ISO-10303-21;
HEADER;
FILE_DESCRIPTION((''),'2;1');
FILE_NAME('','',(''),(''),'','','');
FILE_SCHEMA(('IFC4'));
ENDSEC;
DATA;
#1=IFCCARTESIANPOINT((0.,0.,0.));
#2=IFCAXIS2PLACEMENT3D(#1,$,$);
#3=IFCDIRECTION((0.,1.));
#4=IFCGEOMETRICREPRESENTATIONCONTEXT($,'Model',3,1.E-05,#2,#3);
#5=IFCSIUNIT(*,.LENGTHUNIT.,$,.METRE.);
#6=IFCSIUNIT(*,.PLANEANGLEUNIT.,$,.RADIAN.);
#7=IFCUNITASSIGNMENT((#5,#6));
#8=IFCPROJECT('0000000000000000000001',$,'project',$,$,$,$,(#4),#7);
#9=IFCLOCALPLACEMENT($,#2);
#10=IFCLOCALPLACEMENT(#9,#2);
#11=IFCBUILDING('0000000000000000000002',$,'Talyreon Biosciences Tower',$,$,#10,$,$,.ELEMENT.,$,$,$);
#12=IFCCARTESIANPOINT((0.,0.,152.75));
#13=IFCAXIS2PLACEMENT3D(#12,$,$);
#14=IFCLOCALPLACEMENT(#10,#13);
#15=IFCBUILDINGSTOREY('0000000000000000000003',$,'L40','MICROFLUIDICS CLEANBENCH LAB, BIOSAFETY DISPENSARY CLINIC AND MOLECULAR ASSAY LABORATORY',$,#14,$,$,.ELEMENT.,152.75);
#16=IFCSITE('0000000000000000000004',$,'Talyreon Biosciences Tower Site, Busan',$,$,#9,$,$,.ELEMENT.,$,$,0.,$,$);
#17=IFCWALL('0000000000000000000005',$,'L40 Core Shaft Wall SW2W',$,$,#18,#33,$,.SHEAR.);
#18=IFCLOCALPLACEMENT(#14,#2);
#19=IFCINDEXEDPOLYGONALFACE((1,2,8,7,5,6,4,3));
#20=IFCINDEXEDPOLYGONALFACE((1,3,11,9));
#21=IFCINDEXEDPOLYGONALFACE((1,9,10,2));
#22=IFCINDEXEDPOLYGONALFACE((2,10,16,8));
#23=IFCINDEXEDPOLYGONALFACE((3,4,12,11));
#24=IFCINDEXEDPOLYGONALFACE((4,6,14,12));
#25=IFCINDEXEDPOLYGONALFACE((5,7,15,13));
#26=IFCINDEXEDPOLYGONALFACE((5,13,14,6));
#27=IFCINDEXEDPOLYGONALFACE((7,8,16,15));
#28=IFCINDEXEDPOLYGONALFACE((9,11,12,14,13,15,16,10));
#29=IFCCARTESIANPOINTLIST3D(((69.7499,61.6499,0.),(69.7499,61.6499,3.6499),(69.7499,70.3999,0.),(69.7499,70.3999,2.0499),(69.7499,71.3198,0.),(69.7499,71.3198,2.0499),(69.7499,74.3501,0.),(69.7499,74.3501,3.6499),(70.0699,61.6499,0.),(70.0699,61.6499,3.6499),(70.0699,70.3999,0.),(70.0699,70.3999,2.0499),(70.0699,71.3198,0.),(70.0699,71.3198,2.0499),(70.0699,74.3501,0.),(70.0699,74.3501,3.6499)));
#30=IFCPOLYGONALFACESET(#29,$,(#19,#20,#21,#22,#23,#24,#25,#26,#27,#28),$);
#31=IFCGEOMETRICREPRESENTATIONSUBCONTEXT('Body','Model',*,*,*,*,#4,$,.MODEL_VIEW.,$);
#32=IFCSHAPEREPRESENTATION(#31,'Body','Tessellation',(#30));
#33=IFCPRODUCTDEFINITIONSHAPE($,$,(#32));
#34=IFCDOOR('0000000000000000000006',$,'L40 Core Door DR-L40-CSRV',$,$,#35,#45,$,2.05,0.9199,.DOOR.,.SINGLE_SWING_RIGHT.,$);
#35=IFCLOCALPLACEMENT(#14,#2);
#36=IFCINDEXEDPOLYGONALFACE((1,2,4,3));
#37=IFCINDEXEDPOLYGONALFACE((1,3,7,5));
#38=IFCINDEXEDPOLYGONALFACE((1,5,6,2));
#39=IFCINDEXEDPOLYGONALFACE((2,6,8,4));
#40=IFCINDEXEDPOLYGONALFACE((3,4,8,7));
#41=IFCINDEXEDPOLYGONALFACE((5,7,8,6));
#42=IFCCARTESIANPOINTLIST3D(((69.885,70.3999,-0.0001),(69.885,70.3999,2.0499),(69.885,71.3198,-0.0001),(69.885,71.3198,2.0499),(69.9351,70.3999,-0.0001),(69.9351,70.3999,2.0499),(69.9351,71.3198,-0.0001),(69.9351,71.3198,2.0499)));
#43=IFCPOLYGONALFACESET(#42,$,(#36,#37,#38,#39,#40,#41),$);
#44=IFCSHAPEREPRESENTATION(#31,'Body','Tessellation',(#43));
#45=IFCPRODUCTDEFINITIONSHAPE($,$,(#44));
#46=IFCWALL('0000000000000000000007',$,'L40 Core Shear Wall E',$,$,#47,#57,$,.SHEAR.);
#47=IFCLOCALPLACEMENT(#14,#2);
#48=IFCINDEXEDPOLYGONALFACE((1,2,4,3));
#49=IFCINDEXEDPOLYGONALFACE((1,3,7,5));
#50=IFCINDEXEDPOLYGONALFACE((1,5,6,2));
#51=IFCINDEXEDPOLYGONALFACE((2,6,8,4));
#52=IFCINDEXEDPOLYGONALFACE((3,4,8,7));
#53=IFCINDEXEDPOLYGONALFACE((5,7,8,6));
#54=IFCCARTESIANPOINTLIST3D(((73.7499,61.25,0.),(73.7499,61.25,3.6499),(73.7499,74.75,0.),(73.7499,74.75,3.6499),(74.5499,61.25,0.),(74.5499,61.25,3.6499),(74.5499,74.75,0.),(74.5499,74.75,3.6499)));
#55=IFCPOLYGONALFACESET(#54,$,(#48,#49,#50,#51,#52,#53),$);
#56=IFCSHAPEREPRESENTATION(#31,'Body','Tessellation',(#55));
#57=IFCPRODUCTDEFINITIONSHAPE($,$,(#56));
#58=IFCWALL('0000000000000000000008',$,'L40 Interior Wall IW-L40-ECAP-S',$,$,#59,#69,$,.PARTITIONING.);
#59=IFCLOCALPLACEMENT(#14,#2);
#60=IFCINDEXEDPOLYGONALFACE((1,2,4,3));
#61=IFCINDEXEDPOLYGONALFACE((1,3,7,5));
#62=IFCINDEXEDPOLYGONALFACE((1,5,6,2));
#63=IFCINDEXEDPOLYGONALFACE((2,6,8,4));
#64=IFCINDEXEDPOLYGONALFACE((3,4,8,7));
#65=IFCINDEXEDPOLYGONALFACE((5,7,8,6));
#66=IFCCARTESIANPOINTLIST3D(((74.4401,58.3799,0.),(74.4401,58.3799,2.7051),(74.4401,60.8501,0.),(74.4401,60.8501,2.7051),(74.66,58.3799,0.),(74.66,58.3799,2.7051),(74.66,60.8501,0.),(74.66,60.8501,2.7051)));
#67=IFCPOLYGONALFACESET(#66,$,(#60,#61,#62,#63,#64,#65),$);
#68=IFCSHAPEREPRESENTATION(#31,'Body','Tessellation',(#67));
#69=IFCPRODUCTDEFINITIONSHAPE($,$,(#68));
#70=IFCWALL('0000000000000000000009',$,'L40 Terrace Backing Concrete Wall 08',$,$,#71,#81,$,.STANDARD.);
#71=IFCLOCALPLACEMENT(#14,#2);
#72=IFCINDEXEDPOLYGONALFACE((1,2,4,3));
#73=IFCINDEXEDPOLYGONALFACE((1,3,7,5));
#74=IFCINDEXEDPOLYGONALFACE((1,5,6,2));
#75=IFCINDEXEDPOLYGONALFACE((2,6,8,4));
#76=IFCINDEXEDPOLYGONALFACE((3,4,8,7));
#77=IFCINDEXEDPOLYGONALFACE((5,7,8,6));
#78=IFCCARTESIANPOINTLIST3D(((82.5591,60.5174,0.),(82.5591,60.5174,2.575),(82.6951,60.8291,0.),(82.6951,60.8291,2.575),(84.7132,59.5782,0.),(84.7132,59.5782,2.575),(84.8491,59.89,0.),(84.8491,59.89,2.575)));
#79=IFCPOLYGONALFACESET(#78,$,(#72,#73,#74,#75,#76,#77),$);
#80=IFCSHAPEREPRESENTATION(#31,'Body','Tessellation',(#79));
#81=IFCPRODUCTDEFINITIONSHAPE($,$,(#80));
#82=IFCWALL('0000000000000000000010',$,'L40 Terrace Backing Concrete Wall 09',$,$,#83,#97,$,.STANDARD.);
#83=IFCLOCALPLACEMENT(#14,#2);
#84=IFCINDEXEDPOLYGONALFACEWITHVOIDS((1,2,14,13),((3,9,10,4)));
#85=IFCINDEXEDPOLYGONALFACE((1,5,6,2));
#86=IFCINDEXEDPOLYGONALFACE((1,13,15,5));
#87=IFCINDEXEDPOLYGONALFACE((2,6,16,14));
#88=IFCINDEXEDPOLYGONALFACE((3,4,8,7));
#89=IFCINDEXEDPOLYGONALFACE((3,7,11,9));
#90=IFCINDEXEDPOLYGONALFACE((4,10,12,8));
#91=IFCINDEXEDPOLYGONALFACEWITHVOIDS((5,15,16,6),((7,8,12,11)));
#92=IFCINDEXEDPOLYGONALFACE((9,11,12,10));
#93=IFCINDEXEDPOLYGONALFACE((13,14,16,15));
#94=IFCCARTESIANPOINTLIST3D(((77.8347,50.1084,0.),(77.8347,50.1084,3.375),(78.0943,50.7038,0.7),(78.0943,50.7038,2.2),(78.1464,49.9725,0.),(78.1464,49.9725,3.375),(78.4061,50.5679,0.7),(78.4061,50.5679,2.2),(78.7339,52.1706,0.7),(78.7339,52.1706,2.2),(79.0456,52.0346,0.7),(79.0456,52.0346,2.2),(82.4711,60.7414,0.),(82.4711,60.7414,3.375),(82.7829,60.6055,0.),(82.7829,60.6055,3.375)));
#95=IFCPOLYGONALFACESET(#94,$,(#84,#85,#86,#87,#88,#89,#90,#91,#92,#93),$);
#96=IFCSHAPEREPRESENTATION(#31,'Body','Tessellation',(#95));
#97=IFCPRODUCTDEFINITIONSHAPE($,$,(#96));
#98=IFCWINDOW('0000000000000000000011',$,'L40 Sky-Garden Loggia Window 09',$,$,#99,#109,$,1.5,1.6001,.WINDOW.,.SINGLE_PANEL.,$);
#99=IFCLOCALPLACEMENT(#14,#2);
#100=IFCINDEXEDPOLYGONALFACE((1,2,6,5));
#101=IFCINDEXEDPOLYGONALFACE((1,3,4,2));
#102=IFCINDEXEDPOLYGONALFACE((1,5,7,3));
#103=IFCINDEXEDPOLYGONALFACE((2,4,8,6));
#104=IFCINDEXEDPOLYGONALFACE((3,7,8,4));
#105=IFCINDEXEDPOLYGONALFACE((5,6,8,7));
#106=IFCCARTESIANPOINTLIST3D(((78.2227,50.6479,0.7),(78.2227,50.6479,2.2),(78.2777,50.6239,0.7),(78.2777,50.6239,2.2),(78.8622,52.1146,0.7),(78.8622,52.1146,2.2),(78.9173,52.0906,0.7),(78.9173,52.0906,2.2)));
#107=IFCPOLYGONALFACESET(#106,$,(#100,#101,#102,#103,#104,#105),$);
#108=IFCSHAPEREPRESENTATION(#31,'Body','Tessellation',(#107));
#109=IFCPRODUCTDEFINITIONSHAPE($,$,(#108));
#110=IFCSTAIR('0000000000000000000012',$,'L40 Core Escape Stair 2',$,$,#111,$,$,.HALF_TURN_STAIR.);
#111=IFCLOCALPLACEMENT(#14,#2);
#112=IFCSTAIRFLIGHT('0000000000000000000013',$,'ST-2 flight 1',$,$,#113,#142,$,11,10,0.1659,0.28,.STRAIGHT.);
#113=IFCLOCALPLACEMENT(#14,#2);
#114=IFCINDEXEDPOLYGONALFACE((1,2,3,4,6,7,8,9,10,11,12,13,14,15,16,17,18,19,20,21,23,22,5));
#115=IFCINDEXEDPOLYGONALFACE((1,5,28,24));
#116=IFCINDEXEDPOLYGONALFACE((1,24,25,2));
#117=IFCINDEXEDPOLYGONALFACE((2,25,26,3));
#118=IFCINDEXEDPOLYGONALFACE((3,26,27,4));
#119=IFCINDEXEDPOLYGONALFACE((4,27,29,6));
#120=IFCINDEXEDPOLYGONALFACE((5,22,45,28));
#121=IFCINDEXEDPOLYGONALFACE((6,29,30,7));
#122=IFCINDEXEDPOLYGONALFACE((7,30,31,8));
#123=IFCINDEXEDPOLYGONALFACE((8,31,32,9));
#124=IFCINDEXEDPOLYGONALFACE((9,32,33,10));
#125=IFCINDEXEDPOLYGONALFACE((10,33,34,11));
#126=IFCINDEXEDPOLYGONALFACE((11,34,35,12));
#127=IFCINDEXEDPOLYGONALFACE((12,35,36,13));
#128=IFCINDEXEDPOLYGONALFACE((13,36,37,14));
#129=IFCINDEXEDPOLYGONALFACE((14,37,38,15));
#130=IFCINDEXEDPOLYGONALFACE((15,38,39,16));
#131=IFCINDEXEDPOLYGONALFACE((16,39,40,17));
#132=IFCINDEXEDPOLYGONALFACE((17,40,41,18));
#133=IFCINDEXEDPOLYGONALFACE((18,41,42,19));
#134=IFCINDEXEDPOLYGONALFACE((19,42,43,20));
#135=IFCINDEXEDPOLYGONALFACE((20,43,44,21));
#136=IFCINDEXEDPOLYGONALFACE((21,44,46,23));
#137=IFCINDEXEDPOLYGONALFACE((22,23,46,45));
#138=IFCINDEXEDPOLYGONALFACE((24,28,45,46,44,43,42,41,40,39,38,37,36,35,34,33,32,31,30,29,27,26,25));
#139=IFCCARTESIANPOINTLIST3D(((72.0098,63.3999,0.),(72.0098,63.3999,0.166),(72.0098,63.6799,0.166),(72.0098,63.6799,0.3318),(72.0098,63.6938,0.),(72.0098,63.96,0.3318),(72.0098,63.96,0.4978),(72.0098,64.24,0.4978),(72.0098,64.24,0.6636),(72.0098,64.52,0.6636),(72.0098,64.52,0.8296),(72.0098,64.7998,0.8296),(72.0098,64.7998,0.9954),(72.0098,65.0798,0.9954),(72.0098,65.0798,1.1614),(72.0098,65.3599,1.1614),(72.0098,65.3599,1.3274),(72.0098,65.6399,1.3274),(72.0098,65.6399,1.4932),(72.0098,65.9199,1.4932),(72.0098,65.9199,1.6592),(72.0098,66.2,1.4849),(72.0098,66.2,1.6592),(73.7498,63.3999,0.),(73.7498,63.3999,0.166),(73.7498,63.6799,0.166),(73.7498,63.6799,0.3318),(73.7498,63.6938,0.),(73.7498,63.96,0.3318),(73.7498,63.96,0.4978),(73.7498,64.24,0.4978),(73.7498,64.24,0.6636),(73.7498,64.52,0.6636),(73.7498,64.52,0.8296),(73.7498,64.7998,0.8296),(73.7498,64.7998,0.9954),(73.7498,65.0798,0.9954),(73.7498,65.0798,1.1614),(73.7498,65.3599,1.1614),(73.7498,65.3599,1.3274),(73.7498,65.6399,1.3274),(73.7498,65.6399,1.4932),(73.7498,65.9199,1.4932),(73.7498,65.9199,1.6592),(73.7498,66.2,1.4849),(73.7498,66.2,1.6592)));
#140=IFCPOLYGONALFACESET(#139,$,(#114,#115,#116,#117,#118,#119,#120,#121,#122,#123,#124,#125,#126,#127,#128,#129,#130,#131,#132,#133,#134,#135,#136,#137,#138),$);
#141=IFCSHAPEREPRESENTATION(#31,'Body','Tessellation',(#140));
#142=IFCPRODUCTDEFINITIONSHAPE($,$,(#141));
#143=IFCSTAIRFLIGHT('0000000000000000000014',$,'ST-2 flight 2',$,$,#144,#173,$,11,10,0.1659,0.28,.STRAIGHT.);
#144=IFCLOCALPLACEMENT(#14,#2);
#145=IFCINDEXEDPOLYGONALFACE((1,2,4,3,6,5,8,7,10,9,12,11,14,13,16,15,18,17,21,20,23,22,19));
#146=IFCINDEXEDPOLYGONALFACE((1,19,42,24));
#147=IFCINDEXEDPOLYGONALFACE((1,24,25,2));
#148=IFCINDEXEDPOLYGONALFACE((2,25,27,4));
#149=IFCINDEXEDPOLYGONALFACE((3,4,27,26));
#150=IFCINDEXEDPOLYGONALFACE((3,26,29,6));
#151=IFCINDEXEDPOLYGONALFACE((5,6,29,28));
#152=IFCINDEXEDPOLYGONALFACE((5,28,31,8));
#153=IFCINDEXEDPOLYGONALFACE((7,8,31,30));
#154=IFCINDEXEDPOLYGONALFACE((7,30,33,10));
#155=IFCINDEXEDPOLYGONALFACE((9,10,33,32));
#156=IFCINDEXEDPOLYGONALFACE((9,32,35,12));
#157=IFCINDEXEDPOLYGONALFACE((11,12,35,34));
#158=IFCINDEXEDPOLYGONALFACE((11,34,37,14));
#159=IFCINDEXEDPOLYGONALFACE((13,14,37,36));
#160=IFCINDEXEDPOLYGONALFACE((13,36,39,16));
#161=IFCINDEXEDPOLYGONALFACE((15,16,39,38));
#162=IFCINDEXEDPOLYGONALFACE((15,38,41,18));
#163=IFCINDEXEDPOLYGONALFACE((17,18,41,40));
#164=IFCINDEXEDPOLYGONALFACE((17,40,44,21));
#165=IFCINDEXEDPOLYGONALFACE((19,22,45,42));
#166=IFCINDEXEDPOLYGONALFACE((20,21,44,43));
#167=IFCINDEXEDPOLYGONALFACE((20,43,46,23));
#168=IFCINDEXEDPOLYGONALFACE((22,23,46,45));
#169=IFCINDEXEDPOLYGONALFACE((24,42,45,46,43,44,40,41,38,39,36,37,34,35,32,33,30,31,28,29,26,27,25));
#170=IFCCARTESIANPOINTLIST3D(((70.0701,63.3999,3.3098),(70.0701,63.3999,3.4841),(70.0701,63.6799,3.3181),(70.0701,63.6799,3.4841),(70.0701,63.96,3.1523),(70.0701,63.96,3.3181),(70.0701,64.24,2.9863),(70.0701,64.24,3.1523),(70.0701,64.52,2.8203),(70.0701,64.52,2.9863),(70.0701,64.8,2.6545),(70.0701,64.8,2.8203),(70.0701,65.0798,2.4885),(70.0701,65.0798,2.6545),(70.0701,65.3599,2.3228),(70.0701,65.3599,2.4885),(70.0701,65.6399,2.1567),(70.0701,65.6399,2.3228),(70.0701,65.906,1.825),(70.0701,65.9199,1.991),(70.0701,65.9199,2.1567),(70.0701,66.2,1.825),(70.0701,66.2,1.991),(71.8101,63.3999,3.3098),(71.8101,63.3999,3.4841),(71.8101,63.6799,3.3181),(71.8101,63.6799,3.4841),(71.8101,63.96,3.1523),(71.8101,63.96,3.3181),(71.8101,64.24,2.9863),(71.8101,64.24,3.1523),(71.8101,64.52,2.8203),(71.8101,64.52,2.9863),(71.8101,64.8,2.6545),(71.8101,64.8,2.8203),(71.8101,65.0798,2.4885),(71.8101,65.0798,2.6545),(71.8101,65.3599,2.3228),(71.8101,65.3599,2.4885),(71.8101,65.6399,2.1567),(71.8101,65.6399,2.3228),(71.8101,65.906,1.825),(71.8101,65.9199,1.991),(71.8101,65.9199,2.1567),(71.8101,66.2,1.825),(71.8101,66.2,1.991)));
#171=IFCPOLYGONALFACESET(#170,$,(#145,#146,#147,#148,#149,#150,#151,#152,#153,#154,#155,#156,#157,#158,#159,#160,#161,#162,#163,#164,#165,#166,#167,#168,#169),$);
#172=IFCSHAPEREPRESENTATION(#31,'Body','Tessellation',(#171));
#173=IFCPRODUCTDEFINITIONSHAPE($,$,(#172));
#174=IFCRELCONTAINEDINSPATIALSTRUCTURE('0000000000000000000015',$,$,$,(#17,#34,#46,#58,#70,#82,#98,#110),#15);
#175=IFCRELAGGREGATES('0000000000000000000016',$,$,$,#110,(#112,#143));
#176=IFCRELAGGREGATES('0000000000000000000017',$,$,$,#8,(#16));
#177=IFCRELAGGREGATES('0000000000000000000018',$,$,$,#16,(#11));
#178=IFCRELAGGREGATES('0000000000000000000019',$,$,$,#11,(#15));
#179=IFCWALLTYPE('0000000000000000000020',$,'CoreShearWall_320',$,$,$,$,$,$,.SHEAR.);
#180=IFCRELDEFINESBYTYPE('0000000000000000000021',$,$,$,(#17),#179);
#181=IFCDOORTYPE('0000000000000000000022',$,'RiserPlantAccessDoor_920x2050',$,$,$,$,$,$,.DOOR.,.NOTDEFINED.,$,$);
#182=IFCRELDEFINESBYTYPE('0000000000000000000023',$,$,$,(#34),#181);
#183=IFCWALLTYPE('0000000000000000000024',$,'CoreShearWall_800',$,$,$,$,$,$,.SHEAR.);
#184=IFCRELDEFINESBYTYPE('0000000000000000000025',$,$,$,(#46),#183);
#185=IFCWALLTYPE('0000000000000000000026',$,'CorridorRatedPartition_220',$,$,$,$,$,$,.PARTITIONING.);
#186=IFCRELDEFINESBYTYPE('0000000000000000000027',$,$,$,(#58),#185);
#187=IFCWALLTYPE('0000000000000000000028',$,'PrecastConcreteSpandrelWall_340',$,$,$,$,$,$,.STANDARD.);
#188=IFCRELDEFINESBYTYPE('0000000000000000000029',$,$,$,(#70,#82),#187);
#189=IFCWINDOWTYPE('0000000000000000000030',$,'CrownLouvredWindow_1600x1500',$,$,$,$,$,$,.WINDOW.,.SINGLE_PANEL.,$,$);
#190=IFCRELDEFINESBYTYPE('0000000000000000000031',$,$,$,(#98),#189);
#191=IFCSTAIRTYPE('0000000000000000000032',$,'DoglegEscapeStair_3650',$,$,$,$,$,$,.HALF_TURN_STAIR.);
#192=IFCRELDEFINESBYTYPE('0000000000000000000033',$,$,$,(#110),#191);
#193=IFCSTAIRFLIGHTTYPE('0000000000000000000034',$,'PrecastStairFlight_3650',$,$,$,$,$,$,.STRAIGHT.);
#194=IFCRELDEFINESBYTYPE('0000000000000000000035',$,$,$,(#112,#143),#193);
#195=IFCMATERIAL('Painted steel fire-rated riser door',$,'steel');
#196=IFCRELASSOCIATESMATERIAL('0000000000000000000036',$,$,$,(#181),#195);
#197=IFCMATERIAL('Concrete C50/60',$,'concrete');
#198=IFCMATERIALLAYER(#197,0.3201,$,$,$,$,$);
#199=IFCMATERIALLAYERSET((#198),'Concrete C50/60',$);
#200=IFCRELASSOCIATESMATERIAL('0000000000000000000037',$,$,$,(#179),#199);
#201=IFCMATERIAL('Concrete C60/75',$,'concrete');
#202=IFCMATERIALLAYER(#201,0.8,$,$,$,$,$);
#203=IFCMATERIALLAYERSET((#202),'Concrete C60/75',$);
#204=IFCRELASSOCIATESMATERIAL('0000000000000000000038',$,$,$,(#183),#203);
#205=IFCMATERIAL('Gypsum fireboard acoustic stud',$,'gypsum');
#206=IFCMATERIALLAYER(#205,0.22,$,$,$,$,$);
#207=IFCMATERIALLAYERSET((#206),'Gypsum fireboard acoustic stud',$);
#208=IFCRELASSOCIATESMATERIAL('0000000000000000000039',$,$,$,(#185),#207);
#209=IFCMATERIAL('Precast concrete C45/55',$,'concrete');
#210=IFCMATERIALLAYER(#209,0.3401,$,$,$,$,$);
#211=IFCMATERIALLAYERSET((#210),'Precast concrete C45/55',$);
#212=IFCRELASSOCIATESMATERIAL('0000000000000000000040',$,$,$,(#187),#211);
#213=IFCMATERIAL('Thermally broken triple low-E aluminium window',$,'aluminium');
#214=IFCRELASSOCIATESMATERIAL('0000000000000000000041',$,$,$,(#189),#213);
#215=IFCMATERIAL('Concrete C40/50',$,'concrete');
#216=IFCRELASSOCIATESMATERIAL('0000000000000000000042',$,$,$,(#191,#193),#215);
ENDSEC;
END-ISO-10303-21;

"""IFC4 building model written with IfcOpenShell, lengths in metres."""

from ifc_helpers import new_model, si_unit, direction, frame, frame_2d, origin, place, context, subcontext, project, spatial, polyline, rectangle, outline, extrude, material, layer, layer_set, type_object, element, fill, aggregate, save


model = new_model("IFC4")

# Units and contexts
model_context = context("Model", 3, precision=1e-05, world=origin(), true_north=direction((0.0, 1.0)))
body_context = subcontext(model_context, "Body", "Model", "MODEL_VIEW")
ifc_project = project(units=[si_unit("LENGTHUNIT", "METRE"), si_unit("PLANEANGLEUNIT", "RADIAN")], contexts=[model_context])

# Site, building, storey
site_placement = place(None, origin())
site = spatial("IfcSite", under=ifc_project, at=site_placement, Name="Talyreon Biosciences Tower Site, Busan", CompositionType="ELEMENT", RefElevation=0.0)
building_placement = place(site_placement, origin())
building = spatial("IfcBuilding", under=site, at=building_placement, Name="Talyreon Biosciences Tower", CompositionType="ELEMENT")
storey_placement = place(building_placement, frame((0.0, 0.0, 152.75)))
storey = spatial("IfcBuildingStorey", under=building, at=storey_placement, Name="L40", Description="MICROFLUIDICS CLEANBENCH LAB, BIOSAFETY DISPENSARY CLINIC AND MOLECULAR ASSAY LABORATORY", CompositionType="ELEMENT", Elevation=152.75)

# Shared definitions
ifc_material_1 = material(Name="Concrete C60/75", Category="concrete")
ifc_material_2 = material(Name="Concrete C50/60", Category="concrete")

# Shared definitions
ifc_material_3 = material(Name="Precast concrete C45/55", Category="concrete")

# Shared definitions
ifc_material_4 = material(Name="Painted steel fire-rated riser door", Category="steel")
door_type = type_object("IfcDoorType", Name="RiserPlantAccessDoor_920x2050", OperationType="NOTDEFINED", PredefinedType="DOOR", material=ifc_material_4)

# Wall, opening, door
ifc_layer_1 = layer(ifc_material_2, 0.3201)
ifc_layer_set_1 = layer_set([ifc_layer_1], Name="Concrete C50/60")
wall_type_1 = type_object("IfcWallType", Name="CoreShearWall_320", PredefinedType="SHEAR", material=ifc_layer_set_1)
wall_1_placement = place(storey_placement, frame((69.9099, 61.6499, 0.0), z_axis=(0.0, 0.0, 1.0), x_axis=(0.0, 1.0, 0.0)))
wall_1 = element("IfcWall", 1, at=wall_1_placement, inside=storey, type_object=wall_type_1, Name="L40 Core Shaft Wall SW2W", PredefinedType="SHEAR", context=body_context, shape_type="SweptSolid", body=[
    extrude(rectangle(XDim=12.7002, YDim=0.3201, at=frame_2d((6.3501, 0.0))), origin(), (0.0, 0.0, 1.0), 3.6499),
])
opening_1_placement = place(wall_1_placement, frame((8.75, 0.0, 0.0)))
opening_1 = element("IfcOpeningElement", 2, at=opening_1_placement, cuts=wall_1, PredefinedType="OPENING", context=body_context, shape_type="SweptSolid", body=[
    extrude(rectangle(XDim=0.9199, YDim=2.05, at=frame_2d((0.46, 1.0249))), frame((0.0, 0.1699, 0.0), z_axis=(0.0, -1.0, 0.0), x_axis=(1.0, 0.0, 0.0)), (0.0, 0.0, 1.0), 0.3401),
])
door_1_placement = place(opening_1_placement, origin())
door_1 = element("IfcDoor", 3, at=door_1_placement, inside=storey, type_object=door_type, Name="L40 Core Door DR-L40-CSRV", OperationType="SINGLE_SWING_RIGHT", OverallHeight=2.05, OverallWidth=0.9199, PredefinedType="DOOR", context=body_context, shape_type="SweptSolid", body=[
    extrude(rectangle(XDim=0.9199, YDim=2.05, at=frame_2d((0.46, 1.0249))), frame((0.0, 0.0249, 0.0), z_axis=(0.0, -1.0, 0.0), x_axis=(1.0, 0.0, 0.0)), (0.0, 0.0, 1.0), 0.05),
])
fill(opening_1, door_1)

# Walls
ifc_layer_2 = layer(ifc_material_1, 0.8)
ifc_layer_set_2 = layer_set([ifc_layer_2], Name="Concrete C60/75")
wall_type_2 = type_object("IfcWallType", Name="CoreShearWall_800", PredefinedType="SHEAR", material=ifc_layer_set_2)
wall_2_placement = place(storey_placement, frame((74.1499, 61.25, 0.0), z_axis=(0.0, 0.0, 1.0), x_axis=(0.0, 1.0, 0.0)))
element("IfcWall", 4, at=wall_2_placement, inside=storey, type_object=wall_type_2, Name="L40 Core Shear Wall E", PredefinedType="SHEAR", context=body_context, shape_type="SweptSolid", body=[
    extrude(rectangle(XDim=13.5, YDim=0.8, at=frame_2d((6.75, 0.0))), origin(), (0.0, 0.0, 1.0), 3.6499),
])
ifc_material_5 = material(Name="Gypsum fireboard acoustic stud", Category="gypsum")
ifc_layer_3 = layer(ifc_material_5, 0.22)
ifc_layer_set_3 = layer_set([ifc_layer_3], Name="Gypsum fireboard acoustic stud")
wall_type_3 = type_object("IfcWallType", Name="CorridorRatedPartition_220", PredefinedType="PARTITIONING", material=ifc_layer_set_3)
wall_3_placement = place(storey_placement, frame((74.55, 58.3799, 0.0), z_axis=(0.0, 0.0, 1.0), x_axis=(0.0, 1.0, 0.0)))
element("IfcWall", 5, at=wall_3_placement, inside=storey, type_object=wall_type_3, Name="L40 Interior Wall IW-L40-ECAP-S", PredefinedType="PARTITIONING", context=body_context, shape_type="SweptSolid", body=[
    extrude(rectangle(XDim=2.4702, YDim=0.22, at=frame_2d((1.2351, 0.0))), origin(), (0.0, 0.0, 1.0), 2.7051),
])
ifc_layer_4 = layer(ifc_material_3, 0.3401)
ifc_layer_set_4 = layer_set([ifc_layer_4], Name="Precast concrete C45/55")
wall_type_4 = type_object("IfcWallType", Name="PrecastConcreteSpandrelWall_340", PredefinedType="STANDARD", material=ifc_layer_set_4)
wall_4_placement = place(storey_placement, frame((84.781, 59.7341, 0.0), z_axis=(0.0, 0.0, 1.0), x_axis=(-0.916655, 0.399679, 0.0)))
element("IfcWall", 6, at=wall_4_placement, inside=storey, type_object=wall_type_4, Name="L40 Terrace Backing Concrete Wall 08", PredefinedType="STANDARD", context=body_context, shape_type="SweptSolid", body=[
    extrude(rectangle(XDim=2.3499, YDim=0.3401, at=frame_2d((1.1748, 0.0))), origin(), (0.0, 0.0, 1.0), 2.575),
])

# Wall, opening, window
wall_5_placement = place(storey_placement, frame((82.627, 60.6733, 0.0), z_axis=(0.0, 0.0, 1.0), x_axis=(-0.399698, -0.916647, 0.0)))
wall_5 = element("IfcWall", 7, at=wall_5_placement, inside=storey, type_object=wall_type_4, Name="L40 Terrace Backing Concrete Wall 09", PredefinedType="STANDARD", context=body_context, shape_type="SweptSolid", body=[
    extrude(rectangle(XDim=11.5999, YDim=0.3401, at=frame_2d((5.7998, 0.0))), origin(), (0.0, 0.0, 1.0), 3.375),
])
opening_2_placement = place(wall_5_placement, frame((9.3501, 0.0, 0.7)))
opening_2 = element("IfcOpeningElement", 8, at=opening_2_placement, cuts=wall_5, PredefinedType="OPENING", context=body_context, shape_type="SweptSolid", body=[
    extrude(rectangle(XDim=1.6001, YDim=1.5, at=frame_2d((0.8, 0.75))), frame((0.0, 0.1799, 0.0), z_axis=(0.0, -1.0, 0.0), x_axis=(1.0, 0.0, 0.0)), (0.0, 0.0, 1.0), 0.3601),
])
ifc_material_6 = material(Name="Thermally broken triple low-E aluminium window", Category="aluminium")
window_type = type_object("IfcWindowType", Name="CrownLouvredWindow_1600x1500", PartitioningType="SINGLE_PANEL", PredefinedType="WINDOW", material=ifc_material_6)
window_placement = place(opening_2_placement, origin())
window = element("IfcWindow", 9, at=window_placement, inside=storey, type_object=window_type, Name="L40 Sky-Garden Loggia Window 09", OverallHeight=1.5, OverallWidth=1.6001, PartitioningType="SINGLE_PANEL", PredefinedType="WINDOW", context=body_context, shape_type="SweptSolid", body=[
    extrude(rectangle(XDim=1.6001, YDim=1.5, at=frame_2d((0.8, 0.75))), frame((0.0, 0.03, 0.0), z_axis=(0.0, -1.0, 0.0), x_axis=(1.0, 0.0, 0.0)), (0.0, 0.0, 1.0), 0.0601),
])
fill(opening_2, window)

# Stair, stair flights
ifc_material_7 = material(Name="Concrete C40/50", Category="concrete")
stair_type = type_object("IfcStairType", Name="DoglegEscapeStair_3650", PredefinedType="HALF_TURN_STAIR", material=ifc_material_7)
stair_placement = place(storey_placement, origin())
stair = element("IfcStair", 10, at=stair_placement, inside=storey, type_object=stair_type, Name="L40 Core Escape Stair 2", PredefinedType="HALF_TURN_STAIR")
stair_flight_type = type_object("IfcStairFlightType", Name="PrecastStairFlight_3650", PredefinedType="STRAIGHT", material=ifc_material_7)
stair_flight_1_placement = place(storey_placement, frame((72.8799, 63.3999, 0.0), z_axis=(0.0, 0.0, 1.0), x_axis=(0.0, 1.0, 0.0)))
stair_flight_1 = element("IfcStairFlight", 11, at=stair_flight_1_placement, type_object=stair_flight_type, Name="ST-2 flight 1", NumberOfRisers=11, NumberOfTreads=10, PredefinedType="STRAIGHT", RiserHeight=0.1659, TreadLength=0.28, context=body_context, shape_type="SweptSolid", body=[
    extrude(outline(polyline([(0.0, 0.0), (0.0, 0.166), (0.28, 0.166), (0.28, 0.3318), (0.5601, 0.3318), (0.5601, 0.4978), (0.8401, 0.4978), (0.8401, 0.6636), (1.1201, 0.6636), (1.1201, 0.8296), (1.3999, 0.8296), (1.3999, 0.9954), (1.6799, 0.9954), (1.6799, 1.1614), (1.96, 1.1614), (1.96, 1.3274), (2.24, 1.3274), (2.24, 1.4932), (2.52, 1.4932), (2.52, 1.6592), (2.8, 1.6592), (2.8, 1.825), (2.8, 1.4849), (0.2939, 0.0), (0.0, 0.0)])), frame((0.0, 0.8701, 0.0), z_axis=(0.0, -1.0, 0.0), x_axis=(1.0, 0.0, 0.0)), (0.0, 0.0, 1.0), 1.74),
])
stair_flight_2_placement = place(storey_placement, frame((70.9399, 66.2, 1.825), z_axis=(0.0, 0.0, 1.0), x_axis=(0.0, -1.0, 0.0)))
stair_flight_2 = element("IfcStairFlight", 12, at=stair_flight_2_placement, type_object=stair_flight_type, Name="ST-2 flight 2", NumberOfRisers=11, NumberOfTreads=10, PredefinedType="STRAIGHT", RiserHeight=0.1659, TreadLength=0.28, context=body_context, shape_type="SweptSolid", body=[
    extrude(outline(polyline([(0.0, 0.0), (0.0, 0.166), (0.28, 0.166), (0.28, 0.3318), (0.5601, 0.3318), (0.5601, 0.4978), (0.8401, 0.4978), (0.8401, 0.6636), (1.1201, 0.6636), (1.1201, 0.8296), (1.3999, 0.8296), (1.3999, 0.9954), (1.6799, 0.9954), (1.6799, 1.1614), (1.96, 1.1614), (1.96, 1.3274), (2.24, 1.3274), (2.24, 1.4932), (2.52, 1.4932), (2.52, 1.6592), (2.8, 1.6592), (2.8, 1.825), (2.8, 1.4849), (0.2939, 0.0), (0.0, 0.0)])), frame((0.0, 0.8701, 0.0), z_axis=(0.0, -1.0, 0.0), x_axis=(1.0, 0.0, 0.0)), (0.0, 0.0, 1.0), 1.74),
])
aggregate(stair, [stair_flight_1, stair_flight_2])

save(model, "model.ifc")
